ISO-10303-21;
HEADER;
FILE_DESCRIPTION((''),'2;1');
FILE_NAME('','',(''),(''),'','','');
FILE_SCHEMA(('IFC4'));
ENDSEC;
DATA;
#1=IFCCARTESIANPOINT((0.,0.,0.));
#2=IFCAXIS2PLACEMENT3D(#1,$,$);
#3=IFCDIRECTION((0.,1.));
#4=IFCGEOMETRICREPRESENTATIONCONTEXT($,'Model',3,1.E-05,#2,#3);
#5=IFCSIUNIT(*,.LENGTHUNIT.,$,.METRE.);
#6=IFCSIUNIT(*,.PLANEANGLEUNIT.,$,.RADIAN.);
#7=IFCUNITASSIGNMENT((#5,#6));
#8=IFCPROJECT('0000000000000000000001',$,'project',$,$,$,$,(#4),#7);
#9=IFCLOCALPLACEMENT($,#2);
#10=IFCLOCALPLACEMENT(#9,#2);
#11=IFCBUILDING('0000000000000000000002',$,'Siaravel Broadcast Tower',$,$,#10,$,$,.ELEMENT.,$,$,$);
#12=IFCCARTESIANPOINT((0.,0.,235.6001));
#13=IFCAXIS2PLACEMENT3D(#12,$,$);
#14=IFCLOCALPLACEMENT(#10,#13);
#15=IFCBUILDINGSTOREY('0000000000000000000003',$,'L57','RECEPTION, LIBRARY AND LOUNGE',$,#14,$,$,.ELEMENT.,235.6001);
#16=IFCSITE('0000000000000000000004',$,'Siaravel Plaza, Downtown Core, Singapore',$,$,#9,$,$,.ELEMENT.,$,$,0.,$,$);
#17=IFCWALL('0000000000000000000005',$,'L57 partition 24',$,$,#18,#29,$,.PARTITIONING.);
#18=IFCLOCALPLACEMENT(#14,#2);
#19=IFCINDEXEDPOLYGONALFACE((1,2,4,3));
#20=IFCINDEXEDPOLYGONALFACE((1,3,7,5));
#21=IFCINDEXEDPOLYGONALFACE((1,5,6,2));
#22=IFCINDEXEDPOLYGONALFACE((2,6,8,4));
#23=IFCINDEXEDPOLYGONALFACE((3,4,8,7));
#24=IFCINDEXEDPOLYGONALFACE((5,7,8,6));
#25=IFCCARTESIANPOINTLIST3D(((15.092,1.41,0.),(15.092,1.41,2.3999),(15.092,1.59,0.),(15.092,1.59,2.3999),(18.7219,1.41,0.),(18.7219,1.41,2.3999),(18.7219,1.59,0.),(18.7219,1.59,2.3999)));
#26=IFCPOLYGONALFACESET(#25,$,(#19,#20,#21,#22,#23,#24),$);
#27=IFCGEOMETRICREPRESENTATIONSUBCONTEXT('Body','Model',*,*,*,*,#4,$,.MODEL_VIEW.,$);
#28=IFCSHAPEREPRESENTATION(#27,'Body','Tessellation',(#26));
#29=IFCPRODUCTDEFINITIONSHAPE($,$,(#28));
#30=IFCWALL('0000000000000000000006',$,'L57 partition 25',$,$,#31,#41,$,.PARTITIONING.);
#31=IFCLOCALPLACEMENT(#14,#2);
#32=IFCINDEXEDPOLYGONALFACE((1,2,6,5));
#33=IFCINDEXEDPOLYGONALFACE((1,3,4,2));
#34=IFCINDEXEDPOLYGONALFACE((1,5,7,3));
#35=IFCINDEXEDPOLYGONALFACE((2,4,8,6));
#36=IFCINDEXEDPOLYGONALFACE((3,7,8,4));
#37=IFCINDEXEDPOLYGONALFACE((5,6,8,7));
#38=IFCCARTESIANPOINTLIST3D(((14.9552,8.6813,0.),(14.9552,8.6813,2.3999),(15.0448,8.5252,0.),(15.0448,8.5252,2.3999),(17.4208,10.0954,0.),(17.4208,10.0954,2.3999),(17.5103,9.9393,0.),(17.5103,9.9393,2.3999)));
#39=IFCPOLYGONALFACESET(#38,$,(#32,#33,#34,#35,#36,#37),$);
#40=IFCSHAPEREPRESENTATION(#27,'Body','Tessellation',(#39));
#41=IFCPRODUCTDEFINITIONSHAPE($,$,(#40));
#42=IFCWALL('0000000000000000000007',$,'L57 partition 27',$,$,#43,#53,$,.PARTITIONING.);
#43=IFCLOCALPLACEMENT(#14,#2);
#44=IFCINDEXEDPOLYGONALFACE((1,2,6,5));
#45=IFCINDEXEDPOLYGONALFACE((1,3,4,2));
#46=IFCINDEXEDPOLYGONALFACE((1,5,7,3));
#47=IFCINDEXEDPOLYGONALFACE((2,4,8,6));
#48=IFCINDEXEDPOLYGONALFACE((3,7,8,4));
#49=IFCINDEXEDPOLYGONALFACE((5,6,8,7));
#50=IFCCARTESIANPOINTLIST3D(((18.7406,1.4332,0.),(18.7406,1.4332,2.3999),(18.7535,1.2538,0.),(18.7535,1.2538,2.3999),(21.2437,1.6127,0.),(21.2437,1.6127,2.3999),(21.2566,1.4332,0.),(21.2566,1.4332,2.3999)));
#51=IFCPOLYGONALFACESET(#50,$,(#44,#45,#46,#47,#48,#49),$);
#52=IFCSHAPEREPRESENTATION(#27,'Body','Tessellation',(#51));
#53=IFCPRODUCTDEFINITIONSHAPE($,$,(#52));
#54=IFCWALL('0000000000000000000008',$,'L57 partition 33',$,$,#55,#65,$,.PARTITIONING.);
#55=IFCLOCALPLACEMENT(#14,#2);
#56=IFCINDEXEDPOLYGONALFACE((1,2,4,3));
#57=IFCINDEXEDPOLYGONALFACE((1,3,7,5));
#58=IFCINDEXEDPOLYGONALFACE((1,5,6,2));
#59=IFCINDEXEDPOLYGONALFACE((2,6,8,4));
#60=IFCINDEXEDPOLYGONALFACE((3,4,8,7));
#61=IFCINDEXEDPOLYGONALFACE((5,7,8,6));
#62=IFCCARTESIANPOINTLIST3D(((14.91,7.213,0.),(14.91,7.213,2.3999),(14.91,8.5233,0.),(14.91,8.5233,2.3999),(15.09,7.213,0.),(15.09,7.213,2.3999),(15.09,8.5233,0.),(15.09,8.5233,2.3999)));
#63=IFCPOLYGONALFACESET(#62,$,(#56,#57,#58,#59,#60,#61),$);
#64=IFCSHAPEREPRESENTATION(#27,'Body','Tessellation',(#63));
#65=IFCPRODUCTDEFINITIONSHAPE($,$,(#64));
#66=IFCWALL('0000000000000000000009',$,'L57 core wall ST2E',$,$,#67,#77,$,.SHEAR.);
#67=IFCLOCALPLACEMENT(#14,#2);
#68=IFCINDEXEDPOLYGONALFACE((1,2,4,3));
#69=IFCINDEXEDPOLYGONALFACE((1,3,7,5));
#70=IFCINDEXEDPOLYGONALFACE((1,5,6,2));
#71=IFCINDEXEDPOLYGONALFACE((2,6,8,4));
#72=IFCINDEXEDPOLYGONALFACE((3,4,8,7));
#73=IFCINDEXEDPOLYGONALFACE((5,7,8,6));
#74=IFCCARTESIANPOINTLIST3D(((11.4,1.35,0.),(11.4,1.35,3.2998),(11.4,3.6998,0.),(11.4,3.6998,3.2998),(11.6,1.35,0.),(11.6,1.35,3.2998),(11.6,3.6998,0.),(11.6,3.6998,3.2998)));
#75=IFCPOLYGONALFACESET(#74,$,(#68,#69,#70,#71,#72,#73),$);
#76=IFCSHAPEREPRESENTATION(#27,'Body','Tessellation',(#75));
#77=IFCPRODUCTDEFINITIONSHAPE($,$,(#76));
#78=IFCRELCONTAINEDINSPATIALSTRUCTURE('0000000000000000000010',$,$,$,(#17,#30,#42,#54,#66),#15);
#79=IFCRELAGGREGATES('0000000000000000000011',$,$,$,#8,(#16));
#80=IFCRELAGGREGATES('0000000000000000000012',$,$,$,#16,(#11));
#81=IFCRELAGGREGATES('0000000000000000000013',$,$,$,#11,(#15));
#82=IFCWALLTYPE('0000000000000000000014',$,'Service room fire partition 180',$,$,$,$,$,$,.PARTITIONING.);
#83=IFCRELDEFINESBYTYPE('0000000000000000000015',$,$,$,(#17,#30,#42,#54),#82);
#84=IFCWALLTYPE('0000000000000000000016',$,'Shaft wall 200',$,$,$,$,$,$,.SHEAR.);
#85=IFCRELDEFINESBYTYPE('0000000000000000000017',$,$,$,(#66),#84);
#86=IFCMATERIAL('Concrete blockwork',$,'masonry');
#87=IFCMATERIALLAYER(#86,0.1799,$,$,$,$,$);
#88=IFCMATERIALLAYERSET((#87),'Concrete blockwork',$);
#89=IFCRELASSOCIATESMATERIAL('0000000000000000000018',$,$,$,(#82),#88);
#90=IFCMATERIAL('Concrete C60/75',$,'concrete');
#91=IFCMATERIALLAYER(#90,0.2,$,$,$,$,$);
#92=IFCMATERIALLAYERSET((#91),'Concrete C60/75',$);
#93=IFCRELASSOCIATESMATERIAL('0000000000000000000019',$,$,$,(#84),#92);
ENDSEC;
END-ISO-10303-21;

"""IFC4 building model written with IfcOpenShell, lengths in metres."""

from ifc_helpers import new_model, si_unit, direction, frame, frame_2d, origin, place, context, subcontext, project, spatial, rectangle, extrude, material, layer, layer_set, type_object, element, save


model = new_model("IFC4")

# Units and contexts
model_context = context("Model", 3, precision=1e-05, world=origin(), true_north=direction((0.0, 1.0)))
body_context = subcontext(model_context, "Body", "Model", "MODEL_VIEW")
ifc_project = project(units=[si_unit("LENGTHUNIT", "METRE"), si_unit("PLANEANGLEUNIT", "RADIAN")], contexts=[model_context])

# Site, building, storey
site_placement = place(None, origin())
site = spatial("IfcSite", under=ifc_project, at=site_placement, Name="Siaravel Plaza, Downtown Core, Singapore", CompositionType="ELEMENT", RefElevation=0.0)
building_placement = place(site_placement, origin())
building = spatial("IfcBuilding", under=site, at=building_placement, Name="Siaravel Broadcast Tower", CompositionType="ELEMENT")
storey_placement = place(building_placement, frame((0.0, 0.0, 235.6001)))
storey = spatial("IfcBuildingStorey", under=building, at=storey_placement, Name="L57", Description="RECEPTION, LIBRARY AND LOUNGE", CompositionType="ELEMENT", Elevation=235.6001)

# Shared definitions
ifc_material_1 = material(Name="Concrete blockwork", Category="masonry")
ifc_layer_1 = layer(ifc_material_1, 0.1799)
ifc_layer_set_1 = layer_set([ifc_layer_1], Name="Concrete blockwork")
wall_type_1 = type_object("IfcWallType", Name="Service room fire partition 180", PredefinedType="PARTITIONING", material=ifc_layer_set_1)

# Walls
wall_1_placement = place(storey_placement, frame((18.7219, 1.5, 0.0), z_axis=(0.0, 0.0, 1.0), x_axis=(-1.0, 0.0, 0.0)))
element("IfcWall", 1, at=wall_1_placement, inside=storey, type_object=wall_type_1, Name="L57 partition 24", PredefinedType="PARTITIONING", context=body_context, shape_type="SweptSolid", body=[
    extrude(rectangle(XDim=3.6299, YDim=0.1799, at=frame_2d((1.8149, 0.0))), origin(), (0.0, 0.0, 1.0), 2.3999),
])
wall_2_placement = place(storey_placement, frame((17.4656, 10.0173, 0.0), z_axis=(0.0, 0.0, 1.0), x_axis=(-0.86746, -0.497507, 0.0)))
element("IfcWall", 2, at=wall_2_placement, inside=storey, type_object=wall_type_1, Name="L57 partition 25", PredefinedType="PARTITIONING", context=body_context, shape_type="SweptSolid", body=[
    extrude(rectangle(XDim=2.8423, YDim=0.1799, at=frame_2d((1.4211, 0.0))), origin(), (0.0, 0.0, 1.0), 2.3999),
])
wall_3_placement = place(storey_placement, frame((21.2502, 1.5229, 0.0), z_axis=(0.0, 0.0, 1.0), x_axis=(-0.99744, -0.071503, 0.0)))
element("IfcWall", 3, at=wall_3_placement, inside=storey, type_object=wall_type_1, Name="L57 partition 27", PredefinedType="PARTITIONING", context=body_context, shape_type="SweptSolid", body=[
    extrude(rectangle(XDim=2.5095, YDim=0.1799, at=frame_2d((1.2549, 0.0))), origin(), (0.0, 0.0, 1.0), 2.3999),
])
wall_4_placement = place(storey_placement, frame((15.0, 7.2129, 0.0), z_axis=(0.0, 0.0, 1.0), x_axis=(0.0, 1.0, 0.0)))
element("IfcWall", 4, at=wall_4_placement, inside=storey, type_object=wall_type_1, Name="L57 partition 33", PredefinedType="PARTITIONING", context=body_context, shape_type="SweptSolid", body=[
    extrude(rectangle(XDim=1.3103, YDim=0.1799, at=frame_2d((0.6553, 0.0))), origin(), (0.0, 0.0, 1.0), 2.3999),
])
ifc_material_2 = material(Name="Concrete C60/75", Category="concrete")
ifc_layer_2 = layer(ifc_material_2, 0.2)
ifc_layer_set_2 = layer_set([ifc_layer_2], Name="Concrete C60/75")
wall_type_2 = type_object("IfcWallType", Name="Shaft wall 200", PredefinedType="SHEAR", material=ifc_layer_set_2)
wall_5_placement = place(storey_placement, frame((11.5, 1.3501, 0.0), z_axis=(0.0, 0.0, 1.0), x_axis=(0.0, 1.0, 0.0)))
element("IfcWall", 5, at=wall_5_placement, inside=storey, type_object=wall_type_2, Name="L57 core wall ST2E", PredefinedType="SHEAR", context=body_context, shape_type="SweptSolid", body=[
    extrude(rectangle(XDim=2.3499, YDim=0.2, at=frame_2d((1.1748, 0.0))), origin(), (0.0, 0.0, 1.0), 3.2998),
])

save(model, "model.ifc")
